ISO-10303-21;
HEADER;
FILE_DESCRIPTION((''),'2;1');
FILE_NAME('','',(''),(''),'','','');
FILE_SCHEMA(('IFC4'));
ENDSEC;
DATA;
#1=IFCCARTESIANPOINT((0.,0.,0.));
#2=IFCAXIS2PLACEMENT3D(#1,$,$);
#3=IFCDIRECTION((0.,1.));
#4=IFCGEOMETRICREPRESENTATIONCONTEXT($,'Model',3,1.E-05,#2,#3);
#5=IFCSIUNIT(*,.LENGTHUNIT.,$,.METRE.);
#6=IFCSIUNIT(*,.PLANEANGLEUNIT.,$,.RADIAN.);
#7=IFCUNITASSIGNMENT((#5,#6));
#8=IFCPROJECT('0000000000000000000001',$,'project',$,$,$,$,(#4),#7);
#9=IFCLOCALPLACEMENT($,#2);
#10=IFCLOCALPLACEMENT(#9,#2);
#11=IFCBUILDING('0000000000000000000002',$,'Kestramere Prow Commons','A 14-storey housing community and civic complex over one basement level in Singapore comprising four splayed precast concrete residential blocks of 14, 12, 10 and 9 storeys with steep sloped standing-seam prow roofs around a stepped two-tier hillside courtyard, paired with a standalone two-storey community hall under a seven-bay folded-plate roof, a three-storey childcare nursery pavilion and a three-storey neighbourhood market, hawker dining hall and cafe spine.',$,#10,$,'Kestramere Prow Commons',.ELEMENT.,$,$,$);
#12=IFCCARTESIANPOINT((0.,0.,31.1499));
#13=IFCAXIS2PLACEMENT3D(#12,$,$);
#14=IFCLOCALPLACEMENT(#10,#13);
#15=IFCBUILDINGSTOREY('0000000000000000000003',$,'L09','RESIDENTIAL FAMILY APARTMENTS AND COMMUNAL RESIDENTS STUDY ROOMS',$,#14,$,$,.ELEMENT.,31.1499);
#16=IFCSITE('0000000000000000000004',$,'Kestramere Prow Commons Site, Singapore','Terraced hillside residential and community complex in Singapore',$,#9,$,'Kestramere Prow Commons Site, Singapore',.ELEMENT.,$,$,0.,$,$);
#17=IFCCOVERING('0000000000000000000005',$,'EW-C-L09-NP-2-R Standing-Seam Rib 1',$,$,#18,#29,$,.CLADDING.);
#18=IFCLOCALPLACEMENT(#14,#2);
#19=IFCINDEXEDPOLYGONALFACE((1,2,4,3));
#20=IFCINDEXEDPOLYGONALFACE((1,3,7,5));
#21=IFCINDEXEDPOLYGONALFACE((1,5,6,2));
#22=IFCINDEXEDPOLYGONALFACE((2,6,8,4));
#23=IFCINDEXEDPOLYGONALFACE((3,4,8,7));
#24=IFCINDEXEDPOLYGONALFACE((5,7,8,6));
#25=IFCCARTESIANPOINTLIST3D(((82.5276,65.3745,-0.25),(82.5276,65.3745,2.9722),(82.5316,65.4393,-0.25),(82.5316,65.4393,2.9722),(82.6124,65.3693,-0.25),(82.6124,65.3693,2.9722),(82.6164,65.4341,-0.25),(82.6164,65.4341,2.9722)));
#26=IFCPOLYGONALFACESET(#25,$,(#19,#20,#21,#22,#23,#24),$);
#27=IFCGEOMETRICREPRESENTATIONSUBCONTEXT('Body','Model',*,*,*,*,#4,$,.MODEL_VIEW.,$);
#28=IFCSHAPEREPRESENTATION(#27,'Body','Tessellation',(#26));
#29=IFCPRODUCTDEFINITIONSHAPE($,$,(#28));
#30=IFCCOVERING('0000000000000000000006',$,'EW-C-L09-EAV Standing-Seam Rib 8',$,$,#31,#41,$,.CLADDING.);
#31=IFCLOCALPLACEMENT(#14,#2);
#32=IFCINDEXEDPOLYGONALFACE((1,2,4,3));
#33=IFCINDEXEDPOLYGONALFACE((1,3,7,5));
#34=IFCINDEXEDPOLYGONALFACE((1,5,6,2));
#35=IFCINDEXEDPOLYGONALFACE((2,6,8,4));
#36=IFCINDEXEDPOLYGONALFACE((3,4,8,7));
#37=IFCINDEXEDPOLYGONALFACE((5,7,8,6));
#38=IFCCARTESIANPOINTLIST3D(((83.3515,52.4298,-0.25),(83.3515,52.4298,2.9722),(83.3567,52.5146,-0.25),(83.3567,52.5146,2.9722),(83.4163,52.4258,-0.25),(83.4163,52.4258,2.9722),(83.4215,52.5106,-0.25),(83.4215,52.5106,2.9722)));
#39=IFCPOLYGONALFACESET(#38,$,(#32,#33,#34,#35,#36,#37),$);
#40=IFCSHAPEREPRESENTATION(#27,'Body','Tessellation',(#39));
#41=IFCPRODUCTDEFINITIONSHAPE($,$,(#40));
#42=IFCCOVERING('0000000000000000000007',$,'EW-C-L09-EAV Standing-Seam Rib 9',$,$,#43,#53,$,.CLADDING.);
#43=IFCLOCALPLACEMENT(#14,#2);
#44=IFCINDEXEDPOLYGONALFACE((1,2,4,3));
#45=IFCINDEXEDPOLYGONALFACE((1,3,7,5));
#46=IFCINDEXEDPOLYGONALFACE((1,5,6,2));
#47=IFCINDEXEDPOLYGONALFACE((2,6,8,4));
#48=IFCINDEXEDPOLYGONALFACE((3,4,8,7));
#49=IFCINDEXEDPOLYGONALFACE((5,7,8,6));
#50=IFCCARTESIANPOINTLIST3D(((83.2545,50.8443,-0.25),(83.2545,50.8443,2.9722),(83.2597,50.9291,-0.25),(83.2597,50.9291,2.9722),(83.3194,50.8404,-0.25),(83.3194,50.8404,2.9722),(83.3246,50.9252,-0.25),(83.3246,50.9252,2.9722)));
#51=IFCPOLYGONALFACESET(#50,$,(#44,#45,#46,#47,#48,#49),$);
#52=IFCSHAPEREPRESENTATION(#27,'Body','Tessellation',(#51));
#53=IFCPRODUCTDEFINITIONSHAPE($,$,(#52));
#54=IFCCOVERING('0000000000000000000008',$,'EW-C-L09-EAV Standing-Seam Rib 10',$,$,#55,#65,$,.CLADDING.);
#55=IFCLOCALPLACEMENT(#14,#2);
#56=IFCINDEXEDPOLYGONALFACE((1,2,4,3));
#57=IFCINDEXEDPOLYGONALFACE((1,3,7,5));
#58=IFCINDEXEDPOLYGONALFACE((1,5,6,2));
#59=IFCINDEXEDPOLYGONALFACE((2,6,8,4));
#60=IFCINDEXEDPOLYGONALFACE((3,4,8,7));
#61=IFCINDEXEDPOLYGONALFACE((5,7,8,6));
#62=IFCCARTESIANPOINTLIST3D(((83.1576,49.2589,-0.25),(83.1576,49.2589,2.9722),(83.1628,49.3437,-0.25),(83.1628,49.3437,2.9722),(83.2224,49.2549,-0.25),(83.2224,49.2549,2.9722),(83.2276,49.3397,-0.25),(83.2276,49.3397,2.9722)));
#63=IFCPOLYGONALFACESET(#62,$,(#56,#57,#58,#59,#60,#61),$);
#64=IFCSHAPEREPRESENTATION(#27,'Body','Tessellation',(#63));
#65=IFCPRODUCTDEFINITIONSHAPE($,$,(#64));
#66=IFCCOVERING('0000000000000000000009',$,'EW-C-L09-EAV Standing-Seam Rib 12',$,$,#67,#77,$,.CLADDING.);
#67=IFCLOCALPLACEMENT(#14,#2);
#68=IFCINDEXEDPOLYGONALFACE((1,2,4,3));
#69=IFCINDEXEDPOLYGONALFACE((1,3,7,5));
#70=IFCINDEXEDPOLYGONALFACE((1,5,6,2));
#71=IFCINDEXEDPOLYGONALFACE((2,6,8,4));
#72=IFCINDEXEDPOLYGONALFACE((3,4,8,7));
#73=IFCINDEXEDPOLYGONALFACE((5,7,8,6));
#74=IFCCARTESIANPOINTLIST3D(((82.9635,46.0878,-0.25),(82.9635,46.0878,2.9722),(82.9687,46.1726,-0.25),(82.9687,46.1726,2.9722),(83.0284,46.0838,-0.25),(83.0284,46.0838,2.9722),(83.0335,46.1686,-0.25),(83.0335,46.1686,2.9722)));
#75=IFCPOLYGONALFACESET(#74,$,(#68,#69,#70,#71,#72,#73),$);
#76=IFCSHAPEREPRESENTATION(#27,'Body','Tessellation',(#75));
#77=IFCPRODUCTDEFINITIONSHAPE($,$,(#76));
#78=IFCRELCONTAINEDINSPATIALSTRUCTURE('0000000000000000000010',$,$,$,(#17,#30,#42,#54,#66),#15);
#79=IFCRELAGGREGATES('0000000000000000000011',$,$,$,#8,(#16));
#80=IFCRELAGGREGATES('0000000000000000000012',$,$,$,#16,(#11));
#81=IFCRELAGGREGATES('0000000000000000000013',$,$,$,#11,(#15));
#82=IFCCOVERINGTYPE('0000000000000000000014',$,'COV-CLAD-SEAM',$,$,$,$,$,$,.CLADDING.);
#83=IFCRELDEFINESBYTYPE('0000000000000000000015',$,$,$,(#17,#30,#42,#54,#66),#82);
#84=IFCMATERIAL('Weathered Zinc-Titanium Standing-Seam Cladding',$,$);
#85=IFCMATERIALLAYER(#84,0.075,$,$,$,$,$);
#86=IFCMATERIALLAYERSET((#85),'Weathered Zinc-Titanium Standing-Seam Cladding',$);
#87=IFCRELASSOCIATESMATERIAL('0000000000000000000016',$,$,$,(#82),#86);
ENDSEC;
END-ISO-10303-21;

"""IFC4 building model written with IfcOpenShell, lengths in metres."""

from ifc_helpers import new_model, si_unit, direction, frame, origin, origin_2d, place, context, subcontext, project, spatial, rectangle, extrude, material, layer, layer_set, type_object, element, save


model = new_model("IFC4")

# Units and contexts
model_context = context("Model", 3, precision=1e-05, world=origin(), true_north=direction((0.0, 1.0)))
body_context = subcontext(model_context, "Body", "Model", "MODEL_VIEW")
ifc_project = project(units=[si_unit("LENGTHUNIT", "METRE"), si_unit("PLANEANGLEUNIT", "RADIAN")], contexts=[model_context])

# Site, building, storey
site_placement = place(None, origin())
site = spatial("IfcSite", under=ifc_project, at=site_placement, Name="Kestramere Prow Commons Site, Singapore", Description="Terraced hillside residential and community complex in Singapore", LongName="Kestramere Prow Commons Site, Singapore", CompositionType="ELEMENT", RefElevation=0.0)
building_placement = place(site_placement, origin())
building = spatial("IfcBuilding", under=site, at=building_placement, Name="Kestramere Prow Commons", Description="A 14-storey housing community and civic complex over one basement level in Singapore comprising four splayed precast concrete residential blocks of 14, 12, 10 and 9 storeys with steep sloped standing-seam prow roofs around a stepped two-tier hillside courtyard, paired with a standalone two-storey community hall under a seven-bay folded-plate roof, a three-storey childcare nursery pavilion and a three-storey neighbourhood market, hawker dining hall and cafe spine.", LongName="Kestramere Prow Commons", CompositionType="ELEMENT")
storey_placement = place(building_placement, frame((0.0, 0.0, 31.1499)))
storey = spatial("IfcBuildingStorey", under=building, at=storey_placement, Name="L09", Description="RESIDENTIAL FAMILY APARTMENTS AND COMMUNAL RESIDENTS STUDY ROOMS", CompositionType="ELEMENT", Elevation=31.1499)

# Coverings
ifc_material_1 = material(Name="Weathered Zinc-Titanium Standing-Seam Cladding")
ifc_layer_1 = layer(ifc_material_1, 0.075)
ifc_layer_set_1 = layer_set([ifc_layer_1], Name="Weathered Zinc-Titanium Standing-Seam Cladding")
covering_type = type_object("IfcCoveringType", Name="COV-CLAD-SEAM", PredefinedType="CLADDING", material=ifc_layer_set_1)
for number, where, z_axis, x_axis, name in (
    (1, (82.572, 65.4043, -0.25), (0.0, 0.0, 1.0), (0.998135, -0.061049, 0.0), "EW-C-L09-NP-2-R Standing-Seam Rib 1"),
    (2, (83.3865, 52.4702, -0.25), (0.0, 0.0, 1.0), (-0.061049, -0.998135, 0.0), "EW-C-L09-EAV Standing-Seam Rib 8"),
    (3, (83.2896, 50.8848, -0.25), (0.0, 0.0, 1.0), (-0.061049, -0.998135, 0.0), "EW-C-L09-EAV Standing-Seam Rib 9"),
    (4, (83.1926, 49.2993, -0.25), (0.0, 0.0, 1.0), (-0.061049, -0.998135, 0.0), "EW-C-L09-EAV Standing-Seam Rib 10"),
    (5, (82.9985, 46.1282, -0.25), (0.0, 0.0, 1.0), (-0.061049, -0.998135, 0.0), "EW-C-L09-EAV Standing-Seam Rib 12"),
):
    element("IfcCovering", number, at=place(storey_placement, frame(where, z_axis=z_axis, x_axis=x_axis)), inside=storey, type_object=covering_type, Name=name, PredefinedType="CLADDING", context=body_context, shape_type="SweptSolid", body=[
        extrude(rectangle(XDim=0.085, YDim=0.0649, at=origin_2d()), origin(), (0.0, 0.0, 1.0), 3.2222),
    ])

save(model, "model.ifc")
